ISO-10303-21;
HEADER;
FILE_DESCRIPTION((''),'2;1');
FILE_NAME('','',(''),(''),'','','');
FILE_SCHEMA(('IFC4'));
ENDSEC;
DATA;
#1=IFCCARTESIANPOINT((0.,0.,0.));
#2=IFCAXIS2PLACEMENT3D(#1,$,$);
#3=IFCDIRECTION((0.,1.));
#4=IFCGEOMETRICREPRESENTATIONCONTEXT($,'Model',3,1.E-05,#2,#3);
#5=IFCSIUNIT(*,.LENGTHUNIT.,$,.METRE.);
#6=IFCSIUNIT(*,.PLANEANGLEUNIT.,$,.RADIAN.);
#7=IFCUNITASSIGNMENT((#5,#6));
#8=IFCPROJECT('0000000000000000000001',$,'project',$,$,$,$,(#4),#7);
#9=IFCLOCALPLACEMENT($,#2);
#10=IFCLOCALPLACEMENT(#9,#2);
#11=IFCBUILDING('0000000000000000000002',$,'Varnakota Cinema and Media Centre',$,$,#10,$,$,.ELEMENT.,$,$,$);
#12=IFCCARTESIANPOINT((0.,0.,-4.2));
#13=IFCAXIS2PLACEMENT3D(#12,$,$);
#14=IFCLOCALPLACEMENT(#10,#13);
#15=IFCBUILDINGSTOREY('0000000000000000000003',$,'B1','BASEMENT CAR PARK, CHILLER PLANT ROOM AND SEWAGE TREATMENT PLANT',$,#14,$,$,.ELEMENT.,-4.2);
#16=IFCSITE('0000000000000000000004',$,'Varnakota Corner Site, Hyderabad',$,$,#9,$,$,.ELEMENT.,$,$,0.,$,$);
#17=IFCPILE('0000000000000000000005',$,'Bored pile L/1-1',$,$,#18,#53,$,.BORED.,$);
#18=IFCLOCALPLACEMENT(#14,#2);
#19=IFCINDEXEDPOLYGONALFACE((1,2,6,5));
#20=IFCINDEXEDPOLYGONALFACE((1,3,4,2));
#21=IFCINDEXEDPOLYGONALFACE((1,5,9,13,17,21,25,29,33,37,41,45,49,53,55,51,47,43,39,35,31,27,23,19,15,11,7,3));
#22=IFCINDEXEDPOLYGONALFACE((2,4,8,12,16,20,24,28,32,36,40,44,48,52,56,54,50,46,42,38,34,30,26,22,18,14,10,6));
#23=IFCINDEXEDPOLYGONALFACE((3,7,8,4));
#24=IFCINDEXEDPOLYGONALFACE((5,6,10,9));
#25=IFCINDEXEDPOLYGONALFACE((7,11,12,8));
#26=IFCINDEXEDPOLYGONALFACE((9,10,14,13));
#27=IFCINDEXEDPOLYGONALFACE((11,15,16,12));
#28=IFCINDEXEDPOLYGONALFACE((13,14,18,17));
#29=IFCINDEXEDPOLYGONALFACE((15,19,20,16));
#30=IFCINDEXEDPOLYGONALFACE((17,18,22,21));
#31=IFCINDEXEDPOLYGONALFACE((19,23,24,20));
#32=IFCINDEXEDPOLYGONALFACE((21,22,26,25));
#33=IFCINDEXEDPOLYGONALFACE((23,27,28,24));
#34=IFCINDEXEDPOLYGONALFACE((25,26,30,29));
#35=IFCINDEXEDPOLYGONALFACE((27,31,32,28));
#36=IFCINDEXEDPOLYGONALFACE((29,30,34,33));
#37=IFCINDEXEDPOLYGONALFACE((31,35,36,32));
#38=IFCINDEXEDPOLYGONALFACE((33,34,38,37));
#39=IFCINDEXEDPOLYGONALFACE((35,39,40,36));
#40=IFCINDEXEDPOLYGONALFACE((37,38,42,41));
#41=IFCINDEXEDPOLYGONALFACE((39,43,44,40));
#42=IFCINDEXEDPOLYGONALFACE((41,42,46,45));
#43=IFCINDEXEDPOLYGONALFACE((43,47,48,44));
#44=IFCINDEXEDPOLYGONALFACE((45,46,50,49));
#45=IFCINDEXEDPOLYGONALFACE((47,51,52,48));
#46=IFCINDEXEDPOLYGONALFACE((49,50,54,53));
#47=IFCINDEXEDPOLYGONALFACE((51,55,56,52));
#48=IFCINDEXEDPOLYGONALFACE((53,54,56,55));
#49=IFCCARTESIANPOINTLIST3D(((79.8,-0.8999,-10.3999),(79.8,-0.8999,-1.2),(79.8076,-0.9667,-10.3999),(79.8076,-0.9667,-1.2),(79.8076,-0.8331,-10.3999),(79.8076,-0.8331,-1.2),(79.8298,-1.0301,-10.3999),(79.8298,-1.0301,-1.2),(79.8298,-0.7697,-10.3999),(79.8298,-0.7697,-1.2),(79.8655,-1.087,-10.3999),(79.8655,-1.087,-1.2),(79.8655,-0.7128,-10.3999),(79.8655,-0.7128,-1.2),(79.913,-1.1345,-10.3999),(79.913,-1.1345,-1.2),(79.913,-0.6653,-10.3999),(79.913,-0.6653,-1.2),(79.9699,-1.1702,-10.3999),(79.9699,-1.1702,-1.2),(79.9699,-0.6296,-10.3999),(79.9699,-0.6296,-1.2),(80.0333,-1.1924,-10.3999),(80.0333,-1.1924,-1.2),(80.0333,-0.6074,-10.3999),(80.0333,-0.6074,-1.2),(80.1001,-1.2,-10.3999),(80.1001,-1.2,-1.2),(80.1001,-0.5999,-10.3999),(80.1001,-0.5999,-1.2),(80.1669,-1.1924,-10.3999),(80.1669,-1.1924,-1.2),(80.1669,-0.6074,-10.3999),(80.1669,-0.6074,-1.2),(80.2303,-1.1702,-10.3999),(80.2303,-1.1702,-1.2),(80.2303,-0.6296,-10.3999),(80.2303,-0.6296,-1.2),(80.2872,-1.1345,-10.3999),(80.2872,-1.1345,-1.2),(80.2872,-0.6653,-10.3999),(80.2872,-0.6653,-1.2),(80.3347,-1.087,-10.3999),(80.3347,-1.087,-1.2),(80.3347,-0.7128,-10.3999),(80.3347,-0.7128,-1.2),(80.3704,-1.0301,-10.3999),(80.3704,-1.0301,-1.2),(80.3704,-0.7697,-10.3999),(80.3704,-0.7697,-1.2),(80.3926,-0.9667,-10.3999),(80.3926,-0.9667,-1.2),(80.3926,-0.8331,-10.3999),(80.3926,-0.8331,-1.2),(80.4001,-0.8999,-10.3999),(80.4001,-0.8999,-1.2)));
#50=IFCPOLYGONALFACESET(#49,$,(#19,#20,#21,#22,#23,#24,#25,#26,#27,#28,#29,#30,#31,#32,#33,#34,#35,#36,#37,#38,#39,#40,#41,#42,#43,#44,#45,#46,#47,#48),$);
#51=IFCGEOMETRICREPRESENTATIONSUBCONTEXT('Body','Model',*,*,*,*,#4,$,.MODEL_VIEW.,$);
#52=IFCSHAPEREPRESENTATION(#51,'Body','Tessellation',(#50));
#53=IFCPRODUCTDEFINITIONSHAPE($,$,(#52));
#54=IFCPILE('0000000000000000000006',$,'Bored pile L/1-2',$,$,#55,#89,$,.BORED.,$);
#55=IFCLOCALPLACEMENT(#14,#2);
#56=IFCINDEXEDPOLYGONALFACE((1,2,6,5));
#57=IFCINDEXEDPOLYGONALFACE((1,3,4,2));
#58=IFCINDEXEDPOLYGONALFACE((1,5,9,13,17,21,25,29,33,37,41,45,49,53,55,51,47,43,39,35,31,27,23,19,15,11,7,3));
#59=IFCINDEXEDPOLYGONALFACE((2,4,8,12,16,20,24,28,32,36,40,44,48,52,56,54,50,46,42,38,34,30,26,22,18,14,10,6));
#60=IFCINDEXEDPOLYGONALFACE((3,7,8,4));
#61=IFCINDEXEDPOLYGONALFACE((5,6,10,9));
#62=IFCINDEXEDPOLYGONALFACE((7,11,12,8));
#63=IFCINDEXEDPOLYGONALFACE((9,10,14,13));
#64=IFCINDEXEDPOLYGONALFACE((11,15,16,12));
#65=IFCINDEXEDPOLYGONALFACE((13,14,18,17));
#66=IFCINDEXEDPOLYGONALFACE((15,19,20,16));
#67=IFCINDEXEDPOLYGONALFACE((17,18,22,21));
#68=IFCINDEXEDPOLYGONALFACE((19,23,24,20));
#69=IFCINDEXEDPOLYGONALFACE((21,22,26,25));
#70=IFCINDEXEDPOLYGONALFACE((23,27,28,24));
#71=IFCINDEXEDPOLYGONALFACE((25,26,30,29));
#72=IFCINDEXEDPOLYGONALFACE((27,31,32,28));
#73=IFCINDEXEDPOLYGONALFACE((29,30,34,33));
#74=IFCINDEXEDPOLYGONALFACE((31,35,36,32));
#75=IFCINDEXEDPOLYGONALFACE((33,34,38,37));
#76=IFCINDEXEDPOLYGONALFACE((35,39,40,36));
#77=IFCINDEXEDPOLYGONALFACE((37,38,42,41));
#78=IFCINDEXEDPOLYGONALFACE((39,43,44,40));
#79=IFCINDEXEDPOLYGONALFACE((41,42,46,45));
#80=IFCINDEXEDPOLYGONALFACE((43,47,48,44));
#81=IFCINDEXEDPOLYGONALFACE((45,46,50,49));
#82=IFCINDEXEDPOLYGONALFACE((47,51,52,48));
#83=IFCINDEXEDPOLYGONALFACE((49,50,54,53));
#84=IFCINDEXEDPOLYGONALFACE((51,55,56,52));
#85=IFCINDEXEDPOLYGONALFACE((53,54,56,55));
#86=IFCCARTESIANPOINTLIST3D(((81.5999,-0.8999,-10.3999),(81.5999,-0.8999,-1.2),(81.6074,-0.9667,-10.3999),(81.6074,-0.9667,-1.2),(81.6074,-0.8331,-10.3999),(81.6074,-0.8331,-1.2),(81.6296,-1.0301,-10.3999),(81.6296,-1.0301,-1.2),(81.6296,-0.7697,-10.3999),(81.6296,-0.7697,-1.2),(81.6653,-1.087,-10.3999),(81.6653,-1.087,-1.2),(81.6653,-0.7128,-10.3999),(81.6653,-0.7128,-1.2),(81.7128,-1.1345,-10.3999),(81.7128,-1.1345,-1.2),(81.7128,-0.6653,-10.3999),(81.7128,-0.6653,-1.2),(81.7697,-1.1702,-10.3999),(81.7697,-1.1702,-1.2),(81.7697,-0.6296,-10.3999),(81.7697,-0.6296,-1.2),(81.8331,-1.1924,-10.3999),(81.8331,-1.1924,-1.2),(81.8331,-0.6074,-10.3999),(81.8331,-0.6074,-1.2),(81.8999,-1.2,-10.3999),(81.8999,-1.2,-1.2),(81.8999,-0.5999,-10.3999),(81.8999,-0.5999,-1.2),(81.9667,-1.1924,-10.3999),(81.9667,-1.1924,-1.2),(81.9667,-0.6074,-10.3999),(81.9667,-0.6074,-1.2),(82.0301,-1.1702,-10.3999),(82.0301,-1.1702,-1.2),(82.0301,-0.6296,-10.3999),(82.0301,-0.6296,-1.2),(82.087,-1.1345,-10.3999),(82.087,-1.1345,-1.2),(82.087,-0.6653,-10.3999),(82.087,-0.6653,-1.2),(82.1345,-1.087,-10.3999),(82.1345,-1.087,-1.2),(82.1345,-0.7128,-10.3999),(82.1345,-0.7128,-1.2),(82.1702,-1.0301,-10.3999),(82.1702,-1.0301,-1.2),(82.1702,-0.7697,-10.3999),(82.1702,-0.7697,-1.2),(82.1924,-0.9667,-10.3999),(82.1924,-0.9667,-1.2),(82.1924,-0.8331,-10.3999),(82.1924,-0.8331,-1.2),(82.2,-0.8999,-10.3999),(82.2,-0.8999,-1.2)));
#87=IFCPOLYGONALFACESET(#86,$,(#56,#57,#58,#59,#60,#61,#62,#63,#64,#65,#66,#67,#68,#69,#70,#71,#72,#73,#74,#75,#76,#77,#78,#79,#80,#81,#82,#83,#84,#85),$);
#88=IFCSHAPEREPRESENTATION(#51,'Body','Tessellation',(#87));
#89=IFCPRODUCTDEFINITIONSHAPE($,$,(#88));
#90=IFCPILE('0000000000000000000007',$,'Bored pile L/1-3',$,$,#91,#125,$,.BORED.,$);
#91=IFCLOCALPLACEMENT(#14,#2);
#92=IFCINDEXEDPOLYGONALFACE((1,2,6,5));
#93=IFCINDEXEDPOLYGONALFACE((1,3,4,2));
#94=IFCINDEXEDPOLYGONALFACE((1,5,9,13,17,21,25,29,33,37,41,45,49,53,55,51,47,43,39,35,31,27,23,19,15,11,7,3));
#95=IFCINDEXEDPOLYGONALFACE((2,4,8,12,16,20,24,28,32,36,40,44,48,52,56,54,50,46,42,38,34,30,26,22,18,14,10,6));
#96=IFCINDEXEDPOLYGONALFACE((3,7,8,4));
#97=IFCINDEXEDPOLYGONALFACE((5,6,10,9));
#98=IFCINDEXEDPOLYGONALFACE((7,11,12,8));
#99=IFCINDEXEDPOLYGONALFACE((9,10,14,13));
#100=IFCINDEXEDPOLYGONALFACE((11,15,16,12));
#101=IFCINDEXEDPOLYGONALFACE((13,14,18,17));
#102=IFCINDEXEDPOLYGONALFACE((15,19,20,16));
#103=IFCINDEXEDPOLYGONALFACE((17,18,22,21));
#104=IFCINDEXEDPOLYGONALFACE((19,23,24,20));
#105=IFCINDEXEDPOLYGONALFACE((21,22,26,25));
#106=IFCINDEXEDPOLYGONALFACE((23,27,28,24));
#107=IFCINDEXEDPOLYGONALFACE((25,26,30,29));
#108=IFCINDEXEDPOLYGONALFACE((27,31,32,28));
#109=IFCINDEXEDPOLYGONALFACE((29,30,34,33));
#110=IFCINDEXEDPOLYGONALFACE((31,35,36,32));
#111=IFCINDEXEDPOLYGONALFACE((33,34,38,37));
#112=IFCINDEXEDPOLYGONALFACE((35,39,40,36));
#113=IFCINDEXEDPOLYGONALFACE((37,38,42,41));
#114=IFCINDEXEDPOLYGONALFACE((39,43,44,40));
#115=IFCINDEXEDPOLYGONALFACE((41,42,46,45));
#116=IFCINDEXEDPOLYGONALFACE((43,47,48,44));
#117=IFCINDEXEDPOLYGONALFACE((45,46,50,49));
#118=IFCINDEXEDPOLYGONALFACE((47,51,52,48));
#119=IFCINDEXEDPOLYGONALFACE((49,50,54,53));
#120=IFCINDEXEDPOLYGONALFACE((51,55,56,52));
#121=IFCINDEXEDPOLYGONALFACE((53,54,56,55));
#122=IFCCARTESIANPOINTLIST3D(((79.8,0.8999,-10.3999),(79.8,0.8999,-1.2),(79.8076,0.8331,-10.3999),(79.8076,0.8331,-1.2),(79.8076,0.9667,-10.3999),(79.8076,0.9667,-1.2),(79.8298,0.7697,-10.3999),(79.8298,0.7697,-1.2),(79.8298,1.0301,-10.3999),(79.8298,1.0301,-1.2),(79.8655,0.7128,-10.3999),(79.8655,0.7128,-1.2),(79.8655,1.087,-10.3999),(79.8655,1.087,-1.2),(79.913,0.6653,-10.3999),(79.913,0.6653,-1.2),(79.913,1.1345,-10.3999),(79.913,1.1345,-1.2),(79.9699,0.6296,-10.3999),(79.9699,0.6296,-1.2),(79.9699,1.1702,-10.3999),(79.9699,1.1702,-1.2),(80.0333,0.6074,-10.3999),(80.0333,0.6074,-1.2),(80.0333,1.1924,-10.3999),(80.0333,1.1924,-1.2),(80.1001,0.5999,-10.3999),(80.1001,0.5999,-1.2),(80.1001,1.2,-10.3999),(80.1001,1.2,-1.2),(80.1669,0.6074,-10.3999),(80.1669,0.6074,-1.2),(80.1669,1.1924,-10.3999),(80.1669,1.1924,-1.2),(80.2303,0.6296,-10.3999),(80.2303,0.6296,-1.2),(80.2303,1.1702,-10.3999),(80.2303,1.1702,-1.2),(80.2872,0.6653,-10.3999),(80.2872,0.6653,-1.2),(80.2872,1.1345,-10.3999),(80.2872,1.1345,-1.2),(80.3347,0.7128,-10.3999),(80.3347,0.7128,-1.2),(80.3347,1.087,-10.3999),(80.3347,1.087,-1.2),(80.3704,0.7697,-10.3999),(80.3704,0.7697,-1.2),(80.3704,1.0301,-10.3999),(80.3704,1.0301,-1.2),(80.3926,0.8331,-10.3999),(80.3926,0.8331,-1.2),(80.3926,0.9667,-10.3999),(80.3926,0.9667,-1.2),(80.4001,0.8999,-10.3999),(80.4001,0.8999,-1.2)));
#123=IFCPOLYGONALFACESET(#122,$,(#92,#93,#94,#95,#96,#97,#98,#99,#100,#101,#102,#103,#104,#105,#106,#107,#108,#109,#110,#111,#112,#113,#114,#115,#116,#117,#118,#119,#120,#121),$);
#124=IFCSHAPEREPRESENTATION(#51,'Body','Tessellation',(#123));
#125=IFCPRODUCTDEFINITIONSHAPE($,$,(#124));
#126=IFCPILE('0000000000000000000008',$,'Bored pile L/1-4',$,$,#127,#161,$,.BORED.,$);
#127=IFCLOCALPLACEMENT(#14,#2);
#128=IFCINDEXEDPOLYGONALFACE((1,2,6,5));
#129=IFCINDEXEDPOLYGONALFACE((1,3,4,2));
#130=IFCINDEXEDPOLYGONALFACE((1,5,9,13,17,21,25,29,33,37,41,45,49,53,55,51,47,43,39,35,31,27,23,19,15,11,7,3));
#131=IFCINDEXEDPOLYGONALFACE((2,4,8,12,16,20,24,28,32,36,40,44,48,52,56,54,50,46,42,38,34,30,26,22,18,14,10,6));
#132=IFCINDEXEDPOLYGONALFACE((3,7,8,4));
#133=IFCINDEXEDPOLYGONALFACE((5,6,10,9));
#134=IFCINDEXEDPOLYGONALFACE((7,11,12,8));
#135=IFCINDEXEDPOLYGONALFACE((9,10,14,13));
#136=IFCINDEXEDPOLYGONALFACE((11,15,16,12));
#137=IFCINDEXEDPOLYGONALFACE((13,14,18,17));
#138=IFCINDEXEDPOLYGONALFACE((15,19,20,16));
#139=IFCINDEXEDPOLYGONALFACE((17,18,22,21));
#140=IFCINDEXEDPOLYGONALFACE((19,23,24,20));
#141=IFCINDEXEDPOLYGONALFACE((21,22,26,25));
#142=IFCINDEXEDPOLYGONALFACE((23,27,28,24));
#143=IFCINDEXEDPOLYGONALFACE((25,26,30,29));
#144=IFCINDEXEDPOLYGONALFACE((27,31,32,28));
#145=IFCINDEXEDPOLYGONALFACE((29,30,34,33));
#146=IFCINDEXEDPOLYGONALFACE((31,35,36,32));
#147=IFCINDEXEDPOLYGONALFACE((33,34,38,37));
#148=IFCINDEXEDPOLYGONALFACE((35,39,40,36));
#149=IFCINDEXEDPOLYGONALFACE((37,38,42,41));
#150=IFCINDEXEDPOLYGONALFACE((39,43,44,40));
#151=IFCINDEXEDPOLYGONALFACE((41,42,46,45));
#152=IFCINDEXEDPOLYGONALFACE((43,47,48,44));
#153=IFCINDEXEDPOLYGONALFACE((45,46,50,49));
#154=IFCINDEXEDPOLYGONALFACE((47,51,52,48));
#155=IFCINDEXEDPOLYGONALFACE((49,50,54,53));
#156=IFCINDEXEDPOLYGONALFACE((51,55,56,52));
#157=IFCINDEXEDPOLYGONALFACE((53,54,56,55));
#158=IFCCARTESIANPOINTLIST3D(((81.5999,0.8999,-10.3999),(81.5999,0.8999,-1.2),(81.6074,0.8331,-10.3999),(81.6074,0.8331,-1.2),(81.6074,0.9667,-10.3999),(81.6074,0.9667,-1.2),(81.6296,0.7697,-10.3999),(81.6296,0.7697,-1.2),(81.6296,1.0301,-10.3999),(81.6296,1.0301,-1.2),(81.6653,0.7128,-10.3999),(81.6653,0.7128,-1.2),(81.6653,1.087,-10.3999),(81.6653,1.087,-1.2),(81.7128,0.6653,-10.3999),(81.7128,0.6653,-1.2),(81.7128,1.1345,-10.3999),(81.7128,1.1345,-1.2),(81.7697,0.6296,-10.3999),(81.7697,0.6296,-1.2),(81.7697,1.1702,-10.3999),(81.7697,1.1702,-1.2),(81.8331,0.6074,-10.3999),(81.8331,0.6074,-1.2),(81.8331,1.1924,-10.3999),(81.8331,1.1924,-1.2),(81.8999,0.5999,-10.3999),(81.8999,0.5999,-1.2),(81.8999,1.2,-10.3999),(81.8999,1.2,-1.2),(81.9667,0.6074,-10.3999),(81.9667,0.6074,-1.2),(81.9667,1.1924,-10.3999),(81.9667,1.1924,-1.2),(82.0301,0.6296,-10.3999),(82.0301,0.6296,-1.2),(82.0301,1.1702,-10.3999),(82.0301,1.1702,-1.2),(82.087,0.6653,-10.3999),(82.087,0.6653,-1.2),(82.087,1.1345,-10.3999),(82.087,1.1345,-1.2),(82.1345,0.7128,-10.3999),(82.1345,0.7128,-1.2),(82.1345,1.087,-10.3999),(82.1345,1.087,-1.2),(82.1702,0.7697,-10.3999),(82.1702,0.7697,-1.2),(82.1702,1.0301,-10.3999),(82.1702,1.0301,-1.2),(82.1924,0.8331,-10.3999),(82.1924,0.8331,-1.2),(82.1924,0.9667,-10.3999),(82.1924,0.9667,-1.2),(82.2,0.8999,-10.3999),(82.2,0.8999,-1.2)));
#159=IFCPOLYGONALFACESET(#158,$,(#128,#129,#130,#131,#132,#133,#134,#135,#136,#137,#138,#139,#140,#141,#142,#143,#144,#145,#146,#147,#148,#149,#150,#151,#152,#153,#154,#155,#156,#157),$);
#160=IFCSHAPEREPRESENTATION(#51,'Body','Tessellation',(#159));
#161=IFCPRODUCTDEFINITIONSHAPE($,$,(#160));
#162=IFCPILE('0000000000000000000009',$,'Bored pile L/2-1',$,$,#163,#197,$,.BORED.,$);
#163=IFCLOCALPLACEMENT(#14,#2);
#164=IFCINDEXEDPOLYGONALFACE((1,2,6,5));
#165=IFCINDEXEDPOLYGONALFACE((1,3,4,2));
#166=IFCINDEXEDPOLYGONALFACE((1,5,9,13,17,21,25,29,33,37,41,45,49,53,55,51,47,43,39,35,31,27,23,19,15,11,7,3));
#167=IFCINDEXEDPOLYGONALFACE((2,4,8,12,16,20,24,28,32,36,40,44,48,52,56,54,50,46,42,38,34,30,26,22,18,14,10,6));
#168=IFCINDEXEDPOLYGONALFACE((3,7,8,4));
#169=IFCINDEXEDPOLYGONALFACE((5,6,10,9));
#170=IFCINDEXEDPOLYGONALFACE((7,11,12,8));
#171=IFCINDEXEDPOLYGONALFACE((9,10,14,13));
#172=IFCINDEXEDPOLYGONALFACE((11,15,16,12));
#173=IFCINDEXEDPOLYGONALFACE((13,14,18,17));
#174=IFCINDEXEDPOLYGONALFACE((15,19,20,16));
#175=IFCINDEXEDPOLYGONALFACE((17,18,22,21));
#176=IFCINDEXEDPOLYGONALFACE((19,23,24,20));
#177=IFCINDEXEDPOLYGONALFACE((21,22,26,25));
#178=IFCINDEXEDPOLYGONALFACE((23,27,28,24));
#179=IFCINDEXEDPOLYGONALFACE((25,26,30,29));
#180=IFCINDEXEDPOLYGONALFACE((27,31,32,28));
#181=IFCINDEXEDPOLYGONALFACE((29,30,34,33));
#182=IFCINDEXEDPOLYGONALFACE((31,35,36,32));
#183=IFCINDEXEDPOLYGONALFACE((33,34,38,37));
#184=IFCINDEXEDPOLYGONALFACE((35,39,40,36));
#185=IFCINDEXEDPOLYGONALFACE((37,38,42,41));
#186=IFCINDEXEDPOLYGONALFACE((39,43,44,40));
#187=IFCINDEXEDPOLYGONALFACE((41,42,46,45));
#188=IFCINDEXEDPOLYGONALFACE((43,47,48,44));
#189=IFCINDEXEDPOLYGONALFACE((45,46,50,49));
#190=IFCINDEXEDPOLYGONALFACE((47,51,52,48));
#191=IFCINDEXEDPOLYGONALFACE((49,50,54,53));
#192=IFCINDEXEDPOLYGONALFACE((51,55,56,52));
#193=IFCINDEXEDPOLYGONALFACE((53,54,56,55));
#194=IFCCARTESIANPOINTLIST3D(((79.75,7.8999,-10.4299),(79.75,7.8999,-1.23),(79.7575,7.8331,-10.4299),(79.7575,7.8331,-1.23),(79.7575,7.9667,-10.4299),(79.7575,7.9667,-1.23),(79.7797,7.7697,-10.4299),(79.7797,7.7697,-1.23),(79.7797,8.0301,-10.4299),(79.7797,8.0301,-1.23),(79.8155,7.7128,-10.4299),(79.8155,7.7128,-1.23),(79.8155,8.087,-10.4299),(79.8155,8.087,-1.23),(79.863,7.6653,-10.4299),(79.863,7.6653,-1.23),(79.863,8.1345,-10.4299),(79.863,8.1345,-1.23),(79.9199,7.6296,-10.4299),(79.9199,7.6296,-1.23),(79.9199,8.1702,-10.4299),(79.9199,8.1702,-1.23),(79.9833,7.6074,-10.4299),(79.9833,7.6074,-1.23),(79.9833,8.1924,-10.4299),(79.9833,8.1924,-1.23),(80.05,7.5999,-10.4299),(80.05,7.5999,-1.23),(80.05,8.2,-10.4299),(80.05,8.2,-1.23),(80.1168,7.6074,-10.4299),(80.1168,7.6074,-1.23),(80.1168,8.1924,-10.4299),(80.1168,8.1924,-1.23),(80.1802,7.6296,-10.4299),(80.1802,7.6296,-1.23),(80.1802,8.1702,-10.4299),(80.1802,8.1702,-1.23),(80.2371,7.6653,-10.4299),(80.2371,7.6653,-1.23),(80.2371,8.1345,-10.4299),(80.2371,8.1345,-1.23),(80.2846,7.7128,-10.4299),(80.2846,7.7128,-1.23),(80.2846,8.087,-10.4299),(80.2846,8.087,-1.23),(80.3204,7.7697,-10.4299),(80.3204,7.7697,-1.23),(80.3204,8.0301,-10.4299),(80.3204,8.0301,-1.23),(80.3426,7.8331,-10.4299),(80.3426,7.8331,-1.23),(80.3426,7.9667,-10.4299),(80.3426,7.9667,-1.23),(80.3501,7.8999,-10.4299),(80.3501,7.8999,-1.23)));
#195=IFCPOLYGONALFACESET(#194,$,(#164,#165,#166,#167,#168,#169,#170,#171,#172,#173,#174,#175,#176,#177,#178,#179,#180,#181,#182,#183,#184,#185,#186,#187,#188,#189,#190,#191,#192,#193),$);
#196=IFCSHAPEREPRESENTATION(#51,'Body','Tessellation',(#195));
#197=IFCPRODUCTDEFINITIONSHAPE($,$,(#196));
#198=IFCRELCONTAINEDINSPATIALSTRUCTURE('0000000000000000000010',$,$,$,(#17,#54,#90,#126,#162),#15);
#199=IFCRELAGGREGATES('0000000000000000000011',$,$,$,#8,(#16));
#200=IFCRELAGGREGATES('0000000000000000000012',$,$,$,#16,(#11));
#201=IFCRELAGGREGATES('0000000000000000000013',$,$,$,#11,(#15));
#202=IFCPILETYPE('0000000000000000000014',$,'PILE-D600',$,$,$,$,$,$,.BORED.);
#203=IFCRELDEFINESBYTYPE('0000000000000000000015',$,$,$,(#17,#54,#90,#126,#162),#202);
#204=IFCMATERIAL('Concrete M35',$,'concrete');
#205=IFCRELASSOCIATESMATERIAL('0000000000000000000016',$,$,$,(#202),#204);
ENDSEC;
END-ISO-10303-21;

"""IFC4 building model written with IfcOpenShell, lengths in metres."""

from ifc_helpers import new_model, si_unit, direction, frame, origin, origin_2d, place, context, subcontext, project, spatial, circle, extrude, material, material_profile, profile_set, type_object, element, save


model = new_model("IFC4")

# Units and contexts
model_context = context("Model", 3, precision=1e-05, world=origin(), true_north=direction((0.0, 1.0)))
body_context = subcontext(model_context, "Body", "Model", "MODEL_VIEW")
ifc_project = project(units=[si_unit("LENGTHUNIT", "METRE"), si_unit("PLANEANGLEUNIT", "RADIAN")], contexts=[model_context])

# Site, building, storey
site_placement = place(None, origin())
site = spatial("IfcSite", under=ifc_project, at=site_placement, Name="Varnakota Corner Site, Hyderabad", CompositionType="ELEMENT", RefElevation=0.0)
building_placement = place(site_placement, origin())
building = spatial("IfcBuilding", under=site, at=building_placement, Name="Varnakota Cinema and Media Centre", CompositionType="ELEMENT")
storey_placement = place(building_placement, frame((0.0, 0.0, -4.2)))
storey = spatial("IfcBuildingStorey", under=building, at=storey_placement, Name="B1", Description="BASEMENT CAR PARK, CHILLER PLANT ROOM AND SEWAGE TREATMENT PLANT", CompositionType="ELEMENT", Elevation=-4.2)

# Piles
ifc_material_1 = material(Name="Concrete M35", Category="concrete")
ifc_material_profile_1 = material_profile(ifc_material_1, circle(Radius=0.3, at=origin_2d()), Name="PILE D600")
ifc_profile_set_1 = profile_set([ifc_material_profile_1], Name="Concrete M35")
pile_type_1 = type_object("IfcPileType", Name="PILE-D600", PredefinedType="BORED", material=ifc_profile_set_1)
for number, where, z_axis, x_axis, name in (
    (1, (80.1001, -0.8999, -1.2), (0.0, 0.0, -1.0), (1.0, 0.0, 0.0), "Bored pile L/1-1"),
    (2, (81.8999, -0.8999, -1.2), (0.0, 0.0, -1.0), (1.0, 0.0, 0.0), "Bored pile L/1-2"),
    (3, (80.1001, 0.8999, -1.2), (0.0, 0.0, -1.0), (1.0, 0.0, 0.0), "Bored pile L/1-3"),
    (4, (81.8999, 0.8999, -1.2), (0.0, 0.0, -1.0), (1.0, 0.0, 0.0), "Bored pile L/1-4"),
    (5, (80.05, 7.8999, -1.23), (0.0, 0.0, -1.0), (1.0, 0.0, 0.0), "Bored pile L/2-1"),
):
    element("IfcPile", number, at=place(storey_placement, frame(where, z_axis=z_axis, x_axis=x_axis)), inside=storey, type_object=pile_type_1, Name=name, PredefinedType="BORED", context=body_context, shape_type="SweptSolid", body=[
        extrude(circle(Radius=0.3, at=origin_2d()), origin(), (0.0, 0.0, 1.0), 9.2),
    ])

save(model, "model.ifc")
